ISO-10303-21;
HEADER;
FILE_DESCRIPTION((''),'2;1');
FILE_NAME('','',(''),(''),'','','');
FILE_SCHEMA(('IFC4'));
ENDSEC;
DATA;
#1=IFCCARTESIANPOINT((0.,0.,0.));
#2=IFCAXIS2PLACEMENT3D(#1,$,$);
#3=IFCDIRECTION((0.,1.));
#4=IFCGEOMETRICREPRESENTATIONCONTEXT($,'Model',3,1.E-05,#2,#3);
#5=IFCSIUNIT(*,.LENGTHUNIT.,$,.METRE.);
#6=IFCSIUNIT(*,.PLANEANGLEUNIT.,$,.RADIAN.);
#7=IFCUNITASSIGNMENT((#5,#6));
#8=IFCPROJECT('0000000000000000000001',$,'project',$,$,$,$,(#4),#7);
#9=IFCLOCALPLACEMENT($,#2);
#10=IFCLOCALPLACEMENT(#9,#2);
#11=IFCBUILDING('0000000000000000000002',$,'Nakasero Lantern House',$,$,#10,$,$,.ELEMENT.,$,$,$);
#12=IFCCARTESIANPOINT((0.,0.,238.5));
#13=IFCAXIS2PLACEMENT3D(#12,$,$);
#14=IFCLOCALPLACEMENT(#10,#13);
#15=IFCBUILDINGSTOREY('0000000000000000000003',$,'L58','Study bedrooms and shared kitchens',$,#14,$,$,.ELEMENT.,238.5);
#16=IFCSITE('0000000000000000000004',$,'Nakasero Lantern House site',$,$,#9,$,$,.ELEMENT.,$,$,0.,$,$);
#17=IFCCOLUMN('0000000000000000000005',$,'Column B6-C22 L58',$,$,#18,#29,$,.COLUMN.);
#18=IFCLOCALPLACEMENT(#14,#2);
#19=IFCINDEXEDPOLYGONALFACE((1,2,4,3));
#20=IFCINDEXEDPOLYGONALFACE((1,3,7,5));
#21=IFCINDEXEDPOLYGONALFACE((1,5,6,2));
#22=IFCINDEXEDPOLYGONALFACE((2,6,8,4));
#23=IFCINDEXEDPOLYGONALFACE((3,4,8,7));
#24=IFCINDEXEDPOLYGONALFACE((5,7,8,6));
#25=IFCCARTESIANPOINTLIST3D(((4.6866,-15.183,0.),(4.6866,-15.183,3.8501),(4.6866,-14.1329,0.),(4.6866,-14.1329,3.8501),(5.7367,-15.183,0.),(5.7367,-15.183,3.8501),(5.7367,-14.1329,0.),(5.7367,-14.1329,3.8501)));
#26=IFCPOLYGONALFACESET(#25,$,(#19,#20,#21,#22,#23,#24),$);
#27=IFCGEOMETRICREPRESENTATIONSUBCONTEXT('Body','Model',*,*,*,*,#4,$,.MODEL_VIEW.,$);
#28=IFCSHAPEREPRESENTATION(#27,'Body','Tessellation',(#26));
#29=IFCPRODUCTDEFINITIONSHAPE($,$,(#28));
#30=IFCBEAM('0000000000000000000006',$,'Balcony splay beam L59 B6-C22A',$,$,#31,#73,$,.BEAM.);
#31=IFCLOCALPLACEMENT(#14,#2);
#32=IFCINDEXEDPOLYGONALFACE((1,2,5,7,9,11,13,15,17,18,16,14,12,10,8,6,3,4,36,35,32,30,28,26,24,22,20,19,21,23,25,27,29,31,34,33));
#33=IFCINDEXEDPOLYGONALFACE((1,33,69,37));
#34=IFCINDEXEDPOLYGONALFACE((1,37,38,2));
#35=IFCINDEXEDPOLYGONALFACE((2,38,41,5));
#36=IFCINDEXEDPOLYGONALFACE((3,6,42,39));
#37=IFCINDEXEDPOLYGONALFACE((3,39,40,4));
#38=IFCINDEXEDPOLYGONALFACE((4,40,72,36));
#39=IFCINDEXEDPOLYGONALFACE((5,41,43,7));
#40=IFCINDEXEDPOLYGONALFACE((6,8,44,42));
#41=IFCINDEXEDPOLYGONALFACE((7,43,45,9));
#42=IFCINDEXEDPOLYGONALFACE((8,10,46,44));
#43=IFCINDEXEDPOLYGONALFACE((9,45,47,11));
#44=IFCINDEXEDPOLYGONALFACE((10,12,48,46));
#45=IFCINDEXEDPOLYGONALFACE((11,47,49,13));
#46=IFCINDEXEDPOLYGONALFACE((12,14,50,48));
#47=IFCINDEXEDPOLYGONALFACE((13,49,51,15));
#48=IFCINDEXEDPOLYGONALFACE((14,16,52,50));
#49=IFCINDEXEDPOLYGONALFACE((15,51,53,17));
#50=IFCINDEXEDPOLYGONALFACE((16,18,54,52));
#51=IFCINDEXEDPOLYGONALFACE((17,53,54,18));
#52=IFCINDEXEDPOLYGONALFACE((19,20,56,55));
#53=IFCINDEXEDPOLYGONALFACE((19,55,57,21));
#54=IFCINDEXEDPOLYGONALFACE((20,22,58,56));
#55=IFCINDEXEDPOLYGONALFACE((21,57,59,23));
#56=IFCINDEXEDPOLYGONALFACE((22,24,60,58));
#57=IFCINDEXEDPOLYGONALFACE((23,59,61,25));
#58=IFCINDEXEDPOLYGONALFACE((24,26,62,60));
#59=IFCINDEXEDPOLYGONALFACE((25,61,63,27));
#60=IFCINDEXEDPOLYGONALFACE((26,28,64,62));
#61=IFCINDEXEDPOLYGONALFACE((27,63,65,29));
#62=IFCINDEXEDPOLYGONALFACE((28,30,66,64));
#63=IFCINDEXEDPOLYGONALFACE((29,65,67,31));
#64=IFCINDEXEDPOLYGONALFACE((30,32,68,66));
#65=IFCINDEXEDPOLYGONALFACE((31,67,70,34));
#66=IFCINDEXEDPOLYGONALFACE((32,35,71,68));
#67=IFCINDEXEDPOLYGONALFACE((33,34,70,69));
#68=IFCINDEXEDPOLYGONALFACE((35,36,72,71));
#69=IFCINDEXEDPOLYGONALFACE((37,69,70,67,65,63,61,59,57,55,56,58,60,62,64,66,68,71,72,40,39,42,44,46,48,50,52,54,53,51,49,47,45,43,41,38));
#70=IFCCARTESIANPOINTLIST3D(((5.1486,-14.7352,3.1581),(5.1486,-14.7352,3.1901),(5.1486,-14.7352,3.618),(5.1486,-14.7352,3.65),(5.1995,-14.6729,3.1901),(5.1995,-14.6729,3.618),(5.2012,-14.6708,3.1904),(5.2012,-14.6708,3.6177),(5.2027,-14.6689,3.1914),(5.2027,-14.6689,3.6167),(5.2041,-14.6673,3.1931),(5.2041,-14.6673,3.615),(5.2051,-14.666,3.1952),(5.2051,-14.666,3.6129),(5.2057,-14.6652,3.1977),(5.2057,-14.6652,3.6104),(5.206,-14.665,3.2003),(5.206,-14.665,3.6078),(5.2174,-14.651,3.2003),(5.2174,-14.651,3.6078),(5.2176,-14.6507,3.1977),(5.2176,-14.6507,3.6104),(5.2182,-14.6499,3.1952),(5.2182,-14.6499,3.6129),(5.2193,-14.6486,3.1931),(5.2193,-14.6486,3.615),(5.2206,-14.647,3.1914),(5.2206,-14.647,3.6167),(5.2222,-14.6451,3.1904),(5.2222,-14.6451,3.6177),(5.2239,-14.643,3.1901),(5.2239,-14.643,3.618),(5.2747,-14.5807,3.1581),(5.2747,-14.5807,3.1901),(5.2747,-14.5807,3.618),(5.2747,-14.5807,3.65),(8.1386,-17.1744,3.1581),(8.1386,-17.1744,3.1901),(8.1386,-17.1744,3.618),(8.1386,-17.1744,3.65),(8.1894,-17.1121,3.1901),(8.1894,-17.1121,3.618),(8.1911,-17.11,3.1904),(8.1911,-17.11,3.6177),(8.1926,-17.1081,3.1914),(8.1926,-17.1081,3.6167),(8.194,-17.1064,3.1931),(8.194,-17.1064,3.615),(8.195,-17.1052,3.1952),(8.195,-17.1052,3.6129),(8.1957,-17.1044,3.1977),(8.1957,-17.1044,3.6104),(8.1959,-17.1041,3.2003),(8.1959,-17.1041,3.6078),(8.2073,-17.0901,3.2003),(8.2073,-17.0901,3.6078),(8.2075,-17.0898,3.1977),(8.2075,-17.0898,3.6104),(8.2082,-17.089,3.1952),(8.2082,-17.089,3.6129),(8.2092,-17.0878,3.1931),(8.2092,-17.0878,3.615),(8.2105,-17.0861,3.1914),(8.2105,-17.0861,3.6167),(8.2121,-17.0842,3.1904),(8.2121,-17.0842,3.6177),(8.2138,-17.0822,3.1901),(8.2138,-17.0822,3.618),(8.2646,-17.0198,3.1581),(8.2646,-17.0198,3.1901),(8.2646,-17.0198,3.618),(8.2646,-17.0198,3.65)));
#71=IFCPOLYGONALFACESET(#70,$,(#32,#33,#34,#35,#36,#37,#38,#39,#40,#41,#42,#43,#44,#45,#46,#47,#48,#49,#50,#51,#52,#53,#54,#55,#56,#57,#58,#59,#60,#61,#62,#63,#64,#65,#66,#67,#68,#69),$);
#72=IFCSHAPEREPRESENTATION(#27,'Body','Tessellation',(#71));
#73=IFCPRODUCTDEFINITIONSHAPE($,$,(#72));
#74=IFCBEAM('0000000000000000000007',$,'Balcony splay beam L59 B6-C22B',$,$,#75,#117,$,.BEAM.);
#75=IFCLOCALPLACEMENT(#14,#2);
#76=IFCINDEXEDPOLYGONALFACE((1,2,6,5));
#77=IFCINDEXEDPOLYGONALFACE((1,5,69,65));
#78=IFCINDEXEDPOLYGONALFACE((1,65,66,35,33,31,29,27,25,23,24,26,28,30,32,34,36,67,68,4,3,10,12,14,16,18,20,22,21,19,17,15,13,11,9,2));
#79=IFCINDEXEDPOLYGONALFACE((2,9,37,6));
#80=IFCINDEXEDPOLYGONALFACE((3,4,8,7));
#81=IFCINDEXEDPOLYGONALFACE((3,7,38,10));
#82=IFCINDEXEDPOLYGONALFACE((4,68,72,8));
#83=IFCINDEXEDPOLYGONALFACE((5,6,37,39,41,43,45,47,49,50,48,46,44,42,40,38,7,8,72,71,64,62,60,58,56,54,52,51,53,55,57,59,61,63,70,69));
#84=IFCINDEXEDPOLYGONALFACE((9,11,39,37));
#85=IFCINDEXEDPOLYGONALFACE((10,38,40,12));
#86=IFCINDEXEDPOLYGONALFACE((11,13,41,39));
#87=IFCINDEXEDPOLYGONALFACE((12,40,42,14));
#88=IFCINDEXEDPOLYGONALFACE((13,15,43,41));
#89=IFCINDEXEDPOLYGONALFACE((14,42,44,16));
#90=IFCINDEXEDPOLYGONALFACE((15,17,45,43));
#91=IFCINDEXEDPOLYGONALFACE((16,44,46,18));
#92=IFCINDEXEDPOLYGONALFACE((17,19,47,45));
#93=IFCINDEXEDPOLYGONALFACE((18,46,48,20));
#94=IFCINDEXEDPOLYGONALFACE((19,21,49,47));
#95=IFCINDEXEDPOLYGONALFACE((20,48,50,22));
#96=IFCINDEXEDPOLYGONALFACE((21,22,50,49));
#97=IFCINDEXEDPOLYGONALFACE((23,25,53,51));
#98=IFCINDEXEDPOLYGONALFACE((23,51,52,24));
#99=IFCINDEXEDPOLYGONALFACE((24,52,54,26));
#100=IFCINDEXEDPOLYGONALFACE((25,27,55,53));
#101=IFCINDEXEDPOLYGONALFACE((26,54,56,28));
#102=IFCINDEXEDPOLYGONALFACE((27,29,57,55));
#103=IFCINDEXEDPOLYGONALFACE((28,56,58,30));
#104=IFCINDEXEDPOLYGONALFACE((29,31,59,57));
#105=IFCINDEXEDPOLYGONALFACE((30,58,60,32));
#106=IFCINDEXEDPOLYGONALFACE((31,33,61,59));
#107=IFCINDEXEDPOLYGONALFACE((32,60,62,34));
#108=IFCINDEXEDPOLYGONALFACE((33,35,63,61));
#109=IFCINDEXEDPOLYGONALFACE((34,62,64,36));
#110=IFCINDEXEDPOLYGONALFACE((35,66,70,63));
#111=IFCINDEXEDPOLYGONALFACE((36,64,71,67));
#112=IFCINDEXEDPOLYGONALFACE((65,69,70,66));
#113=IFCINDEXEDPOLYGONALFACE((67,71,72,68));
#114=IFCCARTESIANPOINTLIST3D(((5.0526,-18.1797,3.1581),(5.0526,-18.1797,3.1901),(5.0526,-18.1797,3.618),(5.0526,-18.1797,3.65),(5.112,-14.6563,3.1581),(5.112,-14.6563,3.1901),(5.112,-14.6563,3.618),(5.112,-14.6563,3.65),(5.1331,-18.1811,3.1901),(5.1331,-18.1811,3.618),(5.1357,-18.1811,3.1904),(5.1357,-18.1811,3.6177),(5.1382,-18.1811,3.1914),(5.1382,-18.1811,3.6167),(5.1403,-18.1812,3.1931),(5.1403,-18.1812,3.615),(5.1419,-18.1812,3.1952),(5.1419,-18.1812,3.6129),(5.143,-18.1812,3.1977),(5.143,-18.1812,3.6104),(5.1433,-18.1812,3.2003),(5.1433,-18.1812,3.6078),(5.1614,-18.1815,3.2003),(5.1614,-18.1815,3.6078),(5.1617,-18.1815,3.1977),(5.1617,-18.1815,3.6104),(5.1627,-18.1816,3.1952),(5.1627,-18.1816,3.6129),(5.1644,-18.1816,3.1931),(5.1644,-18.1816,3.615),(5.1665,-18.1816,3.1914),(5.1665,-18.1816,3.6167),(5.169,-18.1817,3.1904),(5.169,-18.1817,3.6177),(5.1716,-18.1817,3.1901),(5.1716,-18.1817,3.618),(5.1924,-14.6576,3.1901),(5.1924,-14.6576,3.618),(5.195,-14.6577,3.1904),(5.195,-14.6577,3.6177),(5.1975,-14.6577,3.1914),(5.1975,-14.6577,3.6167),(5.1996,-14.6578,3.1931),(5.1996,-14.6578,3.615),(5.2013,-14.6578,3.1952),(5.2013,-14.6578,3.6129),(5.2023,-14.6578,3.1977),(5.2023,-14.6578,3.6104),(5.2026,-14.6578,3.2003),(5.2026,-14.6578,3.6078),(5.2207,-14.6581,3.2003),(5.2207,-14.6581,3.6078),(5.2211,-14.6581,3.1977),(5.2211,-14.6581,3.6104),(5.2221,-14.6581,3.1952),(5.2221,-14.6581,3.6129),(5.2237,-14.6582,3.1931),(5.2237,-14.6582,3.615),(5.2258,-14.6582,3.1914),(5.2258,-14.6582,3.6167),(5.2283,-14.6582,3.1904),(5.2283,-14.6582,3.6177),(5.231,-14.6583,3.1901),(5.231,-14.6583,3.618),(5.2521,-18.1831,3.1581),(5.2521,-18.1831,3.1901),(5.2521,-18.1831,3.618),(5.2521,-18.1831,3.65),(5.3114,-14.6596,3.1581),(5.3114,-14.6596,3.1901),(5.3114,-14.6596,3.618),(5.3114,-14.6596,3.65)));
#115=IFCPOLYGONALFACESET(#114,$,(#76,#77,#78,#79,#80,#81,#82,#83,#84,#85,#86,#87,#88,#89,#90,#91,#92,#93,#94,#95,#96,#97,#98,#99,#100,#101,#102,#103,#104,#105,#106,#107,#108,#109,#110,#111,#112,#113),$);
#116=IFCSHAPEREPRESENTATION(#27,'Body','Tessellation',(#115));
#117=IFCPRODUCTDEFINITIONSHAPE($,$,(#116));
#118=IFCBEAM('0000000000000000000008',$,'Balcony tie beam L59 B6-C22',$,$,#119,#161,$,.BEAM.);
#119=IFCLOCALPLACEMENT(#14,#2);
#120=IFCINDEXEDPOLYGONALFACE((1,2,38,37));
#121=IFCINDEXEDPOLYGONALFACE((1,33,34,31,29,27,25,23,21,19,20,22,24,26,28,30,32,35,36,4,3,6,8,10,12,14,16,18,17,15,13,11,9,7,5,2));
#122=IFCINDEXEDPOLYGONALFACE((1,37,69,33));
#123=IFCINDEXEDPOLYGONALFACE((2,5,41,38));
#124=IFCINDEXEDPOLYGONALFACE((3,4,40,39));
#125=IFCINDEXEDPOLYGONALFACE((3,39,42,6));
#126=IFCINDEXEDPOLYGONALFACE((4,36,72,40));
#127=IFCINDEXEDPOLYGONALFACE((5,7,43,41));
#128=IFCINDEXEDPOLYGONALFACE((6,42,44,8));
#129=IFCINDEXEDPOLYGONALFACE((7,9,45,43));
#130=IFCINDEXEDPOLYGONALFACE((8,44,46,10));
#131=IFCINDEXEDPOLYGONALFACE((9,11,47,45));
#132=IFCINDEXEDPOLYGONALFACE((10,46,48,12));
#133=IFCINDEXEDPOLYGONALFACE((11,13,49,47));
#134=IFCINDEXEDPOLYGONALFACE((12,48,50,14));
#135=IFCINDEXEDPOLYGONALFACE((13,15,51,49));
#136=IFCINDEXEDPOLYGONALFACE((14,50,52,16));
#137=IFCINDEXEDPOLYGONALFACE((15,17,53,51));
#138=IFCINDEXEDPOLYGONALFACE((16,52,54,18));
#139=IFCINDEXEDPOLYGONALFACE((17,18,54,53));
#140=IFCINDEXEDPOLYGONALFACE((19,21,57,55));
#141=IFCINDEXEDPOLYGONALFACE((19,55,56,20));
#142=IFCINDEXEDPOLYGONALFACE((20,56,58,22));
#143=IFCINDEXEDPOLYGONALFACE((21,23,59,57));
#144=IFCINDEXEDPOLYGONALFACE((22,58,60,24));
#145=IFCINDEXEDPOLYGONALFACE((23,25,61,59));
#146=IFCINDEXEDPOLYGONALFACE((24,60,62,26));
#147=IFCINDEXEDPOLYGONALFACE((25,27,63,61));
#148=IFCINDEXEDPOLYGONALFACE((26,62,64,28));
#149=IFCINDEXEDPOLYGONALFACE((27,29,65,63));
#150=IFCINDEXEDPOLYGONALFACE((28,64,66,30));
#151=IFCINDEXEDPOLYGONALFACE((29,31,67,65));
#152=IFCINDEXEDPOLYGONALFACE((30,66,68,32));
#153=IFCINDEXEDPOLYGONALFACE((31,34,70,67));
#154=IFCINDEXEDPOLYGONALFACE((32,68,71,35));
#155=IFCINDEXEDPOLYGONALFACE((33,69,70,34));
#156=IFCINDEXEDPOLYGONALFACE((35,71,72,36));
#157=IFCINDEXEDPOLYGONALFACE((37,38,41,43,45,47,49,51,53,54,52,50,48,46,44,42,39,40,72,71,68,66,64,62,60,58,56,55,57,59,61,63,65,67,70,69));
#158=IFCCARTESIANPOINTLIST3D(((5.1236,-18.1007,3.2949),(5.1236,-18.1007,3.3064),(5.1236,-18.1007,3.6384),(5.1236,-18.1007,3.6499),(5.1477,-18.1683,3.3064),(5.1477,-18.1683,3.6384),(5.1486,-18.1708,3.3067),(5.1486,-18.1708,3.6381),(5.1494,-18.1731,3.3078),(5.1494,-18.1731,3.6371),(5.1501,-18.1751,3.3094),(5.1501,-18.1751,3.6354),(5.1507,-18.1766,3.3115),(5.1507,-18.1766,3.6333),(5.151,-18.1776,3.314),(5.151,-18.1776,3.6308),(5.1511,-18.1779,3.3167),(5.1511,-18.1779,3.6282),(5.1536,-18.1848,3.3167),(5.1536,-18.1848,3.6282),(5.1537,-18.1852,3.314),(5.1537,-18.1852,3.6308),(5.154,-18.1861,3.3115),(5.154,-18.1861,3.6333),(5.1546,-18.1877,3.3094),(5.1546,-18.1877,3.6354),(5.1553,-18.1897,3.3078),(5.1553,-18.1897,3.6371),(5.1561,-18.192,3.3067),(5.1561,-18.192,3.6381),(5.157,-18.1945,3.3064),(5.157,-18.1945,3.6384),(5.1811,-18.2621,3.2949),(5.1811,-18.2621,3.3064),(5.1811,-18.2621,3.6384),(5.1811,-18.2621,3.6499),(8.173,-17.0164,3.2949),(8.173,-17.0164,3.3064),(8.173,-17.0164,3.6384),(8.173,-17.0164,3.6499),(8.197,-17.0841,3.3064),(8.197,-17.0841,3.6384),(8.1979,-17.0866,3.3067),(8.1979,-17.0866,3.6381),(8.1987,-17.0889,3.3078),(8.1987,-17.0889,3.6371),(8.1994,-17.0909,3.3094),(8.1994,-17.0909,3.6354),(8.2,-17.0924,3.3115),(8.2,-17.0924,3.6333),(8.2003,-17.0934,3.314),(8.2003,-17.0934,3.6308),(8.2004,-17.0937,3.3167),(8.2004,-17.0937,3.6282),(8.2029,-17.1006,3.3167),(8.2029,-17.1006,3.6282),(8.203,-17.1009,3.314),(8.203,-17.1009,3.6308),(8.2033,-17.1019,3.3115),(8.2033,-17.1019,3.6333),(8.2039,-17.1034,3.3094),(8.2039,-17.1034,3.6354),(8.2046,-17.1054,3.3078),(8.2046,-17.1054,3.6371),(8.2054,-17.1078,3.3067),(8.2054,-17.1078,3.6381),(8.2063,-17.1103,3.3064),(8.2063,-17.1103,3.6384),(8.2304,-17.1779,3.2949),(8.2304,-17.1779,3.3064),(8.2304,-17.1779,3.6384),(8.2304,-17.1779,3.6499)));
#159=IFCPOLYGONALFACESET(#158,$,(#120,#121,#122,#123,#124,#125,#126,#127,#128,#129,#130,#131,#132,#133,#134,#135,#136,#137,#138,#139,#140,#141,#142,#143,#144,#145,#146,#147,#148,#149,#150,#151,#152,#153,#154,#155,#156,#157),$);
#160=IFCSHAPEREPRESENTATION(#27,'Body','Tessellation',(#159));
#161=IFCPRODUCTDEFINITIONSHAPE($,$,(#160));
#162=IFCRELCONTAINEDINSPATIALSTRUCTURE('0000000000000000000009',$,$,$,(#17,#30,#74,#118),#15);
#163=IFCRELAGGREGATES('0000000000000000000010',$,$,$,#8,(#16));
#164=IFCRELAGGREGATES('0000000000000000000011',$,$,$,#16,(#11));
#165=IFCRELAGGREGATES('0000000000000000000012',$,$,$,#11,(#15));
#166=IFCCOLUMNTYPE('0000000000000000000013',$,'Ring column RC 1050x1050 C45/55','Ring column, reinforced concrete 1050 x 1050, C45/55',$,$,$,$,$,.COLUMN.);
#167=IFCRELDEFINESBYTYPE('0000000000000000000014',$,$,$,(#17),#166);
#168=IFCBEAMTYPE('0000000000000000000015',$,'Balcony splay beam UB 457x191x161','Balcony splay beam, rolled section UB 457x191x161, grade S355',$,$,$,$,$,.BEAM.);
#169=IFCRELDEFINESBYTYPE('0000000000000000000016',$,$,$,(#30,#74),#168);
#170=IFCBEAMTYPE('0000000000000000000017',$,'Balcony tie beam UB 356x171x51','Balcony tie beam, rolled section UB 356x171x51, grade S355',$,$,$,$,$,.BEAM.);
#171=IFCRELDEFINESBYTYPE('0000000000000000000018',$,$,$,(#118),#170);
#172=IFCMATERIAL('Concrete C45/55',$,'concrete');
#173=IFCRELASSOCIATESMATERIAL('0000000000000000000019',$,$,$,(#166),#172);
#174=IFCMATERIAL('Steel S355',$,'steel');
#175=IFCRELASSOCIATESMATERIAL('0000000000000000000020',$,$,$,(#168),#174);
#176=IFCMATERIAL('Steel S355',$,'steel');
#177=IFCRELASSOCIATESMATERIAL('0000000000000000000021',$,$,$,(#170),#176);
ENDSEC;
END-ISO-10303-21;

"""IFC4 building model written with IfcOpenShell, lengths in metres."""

from ifc_helpers import new_model, si_unit, direction, frame, origin, origin_2d, place, context, subcontext, project, spatial, rectangle, i_section, extrude, material, material_profile, profile_set, type_object, element, save


model = new_model("IFC4")

# Units and contexts
model_context = context("Model", 3, precision=1e-05, world=origin(), true_north=direction((0.0, 1.0)))
body_context = subcontext(model_context, "Body", "Model", "MODEL_VIEW")
ifc_project = project(units=[si_unit("LENGTHUNIT", "METRE"), si_unit("PLANEANGLEUNIT", "RADIAN")], contexts=[model_context])

# Site, building, storey
site_placement = place(None, origin())
site = spatial("IfcSite", under=ifc_project, at=site_placement, Name="Nakasero Lantern House site", CompositionType="ELEMENT", RefElevation=0.0)
building_placement = place(site_placement, origin())
building = spatial("IfcBuilding", under=site, at=building_placement, Name="Nakasero Lantern House", CompositionType="ELEMENT")
storey_placement = place(building_placement, frame((0.0, 0.0, 238.5)))
storey = spatial("IfcBuildingStorey", under=building, at=storey_placement, Name="L58", Description="Study bedrooms and shared kitchens", CompositionType="ELEMENT", Elevation=238.5)

# Column
ifc_material_1 = material(Name="Concrete C45/55", Category="concrete")
ifc_material_profile_1 = material_profile(ifc_material_1, rectangle(XDim=1.05, YDim=1.05, at=origin_2d()), Name="RC 1050x1050")
ifc_profile_set_1 = profile_set([ifc_material_profile_1], Name="Concrete C45/55")
column_type = type_object("IfcColumnType", Name="Ring column RC 1050x1050 C45/55", Description="Ring column, reinforced concrete 1050 x 1050, C45/55", PredefinedType="COLUMN", material=ifc_profile_set_1)
column_placement = place(storey_placement, frame((5.2117, -14.658, 0.0), z_axis=(0.0, 0.0, 1.0), x_axis=(1.0, 0.0, 0.0)))
element("IfcColumn", 1, at=column_placement, inside=storey, type_object=column_type, Name="Column B6-C22 L58", PredefinedType="COLUMN", context=body_context, shape_type="SweptSolid", body=[
    extrude(rectangle(XDim=1.05, YDim=1.05, at=origin_2d()), origin(), (0.0, 0.0, 1.0), 3.8501),
])

# Beams
ifc_material_2 = material(Name="Steel S355", Category="steel")
ifc_material_profile_2 = material_profile(ifc_material_2, i_section(OverallWidth=0.1995, OverallDepth=0.4919, WebThickness=0.0181, FlangeThickness=0.032, FilletRadius=0.0103, at=origin_2d()), Name="UB 457x191x161")
ifc_profile_set_2 = profile_set([ifc_material_profile_2], Name="Steel S355")
beam_type_1 = type_object("IfcBeamType", Name="Balcony splay beam UB 457x191x161", Description="Balcony splay beam, rolled section UB 457x191x161, grade S355", PredefinedType="BEAM", material=ifc_profile_set_2)
beam_1_placement = place(storey_placement, frame((5.2117, -14.658, 3.4041), z_axis=(0.774864, -0.632128, 0.0), x_axis=(0.632128, 0.774864, 0.0)))
element("IfcBeam", 2, at=beam_1_placement, inside=storey, type_object=beam_type_1, Name="Balcony splay beam L59 B6-C22A", PredefinedType="BEAM", context=body_context, shape_type="SweptSolid", body=[
    extrude(i_section(OverallWidth=0.1995, OverallDepth=0.4919, WebThickness=0.0181, FlangeThickness=0.032, FilletRadius=0.0103, at=origin_2d()), origin(), (0.0, 0.0, 1.0), 3.8586),
])
beam_2_placement = place(storey_placement, frame((5.2117, -14.658, 3.4041), z_axis=(-0.016835, -0.999858, 0.0), x_axis=(0.999858, -0.016835, 0.0)))
element("IfcBeam", 3, at=beam_2_placement, inside=storey, type_object=beam_type_1, Name="Balcony splay beam L59 B6-C22B", PredefinedType="BEAM", context=body_context, shape_type="SweptSolid", body=[
    extrude(i_section(OverallWidth=0.1995, OverallDepth=0.4919, WebThickness=0.0181, FlangeThickness=0.032, FilletRadius=0.0103, at=origin_2d()), origin(), (0.0, 0.0, 1.0), 3.5239),
])
ifc_material_3 = material(Name="Steel S355", Category="steel")
ifc_material_profile_3 = material_profile(ifc_material_3, i_section(OverallWidth=0.1714, OverallDepth=0.355, WebThickness=0.0073, FlangeThickness=0.0115, FilletRadius=0.0103, at=origin_2d()), Name="UB 356x171x51")
ifc_profile_set_3 = profile_set([ifc_material_profile_3], Name="Steel S355")
beam_type_2 = type_object("IfcBeamType", Name="Balcony tie beam UB 356x171x51", Description="Balcony tie beam, rolled section UB 356x171x51, grade S355", PredefinedType="BEAM", material=ifc_profile_set_3)
beam_3_placement = place(storey_placement, frame((8.2017, -17.0972, 3.4724), z_axis=(-0.942212, -0.335017, 0.0), x_axis=(0.335017, -0.942212, 0.0)))
element("IfcBeam", 4, at=beam_3_placement, inside=storey, type_object=beam_type_2, Name="Balcony tie beam L59 B6-C22", PredefinedType="BEAM", context=body_context, shape_type="SweptSolid", body=[
    extrude(i_section(OverallWidth=0.1714, OverallDepth=0.355, WebThickness=0.0073, FlangeThickness=0.0115, FilletRadius=0.0103, at=origin_2d()), origin(), (0.0, 0.0, 1.0), 3.2363),
])

save(model, "model.ifc")
